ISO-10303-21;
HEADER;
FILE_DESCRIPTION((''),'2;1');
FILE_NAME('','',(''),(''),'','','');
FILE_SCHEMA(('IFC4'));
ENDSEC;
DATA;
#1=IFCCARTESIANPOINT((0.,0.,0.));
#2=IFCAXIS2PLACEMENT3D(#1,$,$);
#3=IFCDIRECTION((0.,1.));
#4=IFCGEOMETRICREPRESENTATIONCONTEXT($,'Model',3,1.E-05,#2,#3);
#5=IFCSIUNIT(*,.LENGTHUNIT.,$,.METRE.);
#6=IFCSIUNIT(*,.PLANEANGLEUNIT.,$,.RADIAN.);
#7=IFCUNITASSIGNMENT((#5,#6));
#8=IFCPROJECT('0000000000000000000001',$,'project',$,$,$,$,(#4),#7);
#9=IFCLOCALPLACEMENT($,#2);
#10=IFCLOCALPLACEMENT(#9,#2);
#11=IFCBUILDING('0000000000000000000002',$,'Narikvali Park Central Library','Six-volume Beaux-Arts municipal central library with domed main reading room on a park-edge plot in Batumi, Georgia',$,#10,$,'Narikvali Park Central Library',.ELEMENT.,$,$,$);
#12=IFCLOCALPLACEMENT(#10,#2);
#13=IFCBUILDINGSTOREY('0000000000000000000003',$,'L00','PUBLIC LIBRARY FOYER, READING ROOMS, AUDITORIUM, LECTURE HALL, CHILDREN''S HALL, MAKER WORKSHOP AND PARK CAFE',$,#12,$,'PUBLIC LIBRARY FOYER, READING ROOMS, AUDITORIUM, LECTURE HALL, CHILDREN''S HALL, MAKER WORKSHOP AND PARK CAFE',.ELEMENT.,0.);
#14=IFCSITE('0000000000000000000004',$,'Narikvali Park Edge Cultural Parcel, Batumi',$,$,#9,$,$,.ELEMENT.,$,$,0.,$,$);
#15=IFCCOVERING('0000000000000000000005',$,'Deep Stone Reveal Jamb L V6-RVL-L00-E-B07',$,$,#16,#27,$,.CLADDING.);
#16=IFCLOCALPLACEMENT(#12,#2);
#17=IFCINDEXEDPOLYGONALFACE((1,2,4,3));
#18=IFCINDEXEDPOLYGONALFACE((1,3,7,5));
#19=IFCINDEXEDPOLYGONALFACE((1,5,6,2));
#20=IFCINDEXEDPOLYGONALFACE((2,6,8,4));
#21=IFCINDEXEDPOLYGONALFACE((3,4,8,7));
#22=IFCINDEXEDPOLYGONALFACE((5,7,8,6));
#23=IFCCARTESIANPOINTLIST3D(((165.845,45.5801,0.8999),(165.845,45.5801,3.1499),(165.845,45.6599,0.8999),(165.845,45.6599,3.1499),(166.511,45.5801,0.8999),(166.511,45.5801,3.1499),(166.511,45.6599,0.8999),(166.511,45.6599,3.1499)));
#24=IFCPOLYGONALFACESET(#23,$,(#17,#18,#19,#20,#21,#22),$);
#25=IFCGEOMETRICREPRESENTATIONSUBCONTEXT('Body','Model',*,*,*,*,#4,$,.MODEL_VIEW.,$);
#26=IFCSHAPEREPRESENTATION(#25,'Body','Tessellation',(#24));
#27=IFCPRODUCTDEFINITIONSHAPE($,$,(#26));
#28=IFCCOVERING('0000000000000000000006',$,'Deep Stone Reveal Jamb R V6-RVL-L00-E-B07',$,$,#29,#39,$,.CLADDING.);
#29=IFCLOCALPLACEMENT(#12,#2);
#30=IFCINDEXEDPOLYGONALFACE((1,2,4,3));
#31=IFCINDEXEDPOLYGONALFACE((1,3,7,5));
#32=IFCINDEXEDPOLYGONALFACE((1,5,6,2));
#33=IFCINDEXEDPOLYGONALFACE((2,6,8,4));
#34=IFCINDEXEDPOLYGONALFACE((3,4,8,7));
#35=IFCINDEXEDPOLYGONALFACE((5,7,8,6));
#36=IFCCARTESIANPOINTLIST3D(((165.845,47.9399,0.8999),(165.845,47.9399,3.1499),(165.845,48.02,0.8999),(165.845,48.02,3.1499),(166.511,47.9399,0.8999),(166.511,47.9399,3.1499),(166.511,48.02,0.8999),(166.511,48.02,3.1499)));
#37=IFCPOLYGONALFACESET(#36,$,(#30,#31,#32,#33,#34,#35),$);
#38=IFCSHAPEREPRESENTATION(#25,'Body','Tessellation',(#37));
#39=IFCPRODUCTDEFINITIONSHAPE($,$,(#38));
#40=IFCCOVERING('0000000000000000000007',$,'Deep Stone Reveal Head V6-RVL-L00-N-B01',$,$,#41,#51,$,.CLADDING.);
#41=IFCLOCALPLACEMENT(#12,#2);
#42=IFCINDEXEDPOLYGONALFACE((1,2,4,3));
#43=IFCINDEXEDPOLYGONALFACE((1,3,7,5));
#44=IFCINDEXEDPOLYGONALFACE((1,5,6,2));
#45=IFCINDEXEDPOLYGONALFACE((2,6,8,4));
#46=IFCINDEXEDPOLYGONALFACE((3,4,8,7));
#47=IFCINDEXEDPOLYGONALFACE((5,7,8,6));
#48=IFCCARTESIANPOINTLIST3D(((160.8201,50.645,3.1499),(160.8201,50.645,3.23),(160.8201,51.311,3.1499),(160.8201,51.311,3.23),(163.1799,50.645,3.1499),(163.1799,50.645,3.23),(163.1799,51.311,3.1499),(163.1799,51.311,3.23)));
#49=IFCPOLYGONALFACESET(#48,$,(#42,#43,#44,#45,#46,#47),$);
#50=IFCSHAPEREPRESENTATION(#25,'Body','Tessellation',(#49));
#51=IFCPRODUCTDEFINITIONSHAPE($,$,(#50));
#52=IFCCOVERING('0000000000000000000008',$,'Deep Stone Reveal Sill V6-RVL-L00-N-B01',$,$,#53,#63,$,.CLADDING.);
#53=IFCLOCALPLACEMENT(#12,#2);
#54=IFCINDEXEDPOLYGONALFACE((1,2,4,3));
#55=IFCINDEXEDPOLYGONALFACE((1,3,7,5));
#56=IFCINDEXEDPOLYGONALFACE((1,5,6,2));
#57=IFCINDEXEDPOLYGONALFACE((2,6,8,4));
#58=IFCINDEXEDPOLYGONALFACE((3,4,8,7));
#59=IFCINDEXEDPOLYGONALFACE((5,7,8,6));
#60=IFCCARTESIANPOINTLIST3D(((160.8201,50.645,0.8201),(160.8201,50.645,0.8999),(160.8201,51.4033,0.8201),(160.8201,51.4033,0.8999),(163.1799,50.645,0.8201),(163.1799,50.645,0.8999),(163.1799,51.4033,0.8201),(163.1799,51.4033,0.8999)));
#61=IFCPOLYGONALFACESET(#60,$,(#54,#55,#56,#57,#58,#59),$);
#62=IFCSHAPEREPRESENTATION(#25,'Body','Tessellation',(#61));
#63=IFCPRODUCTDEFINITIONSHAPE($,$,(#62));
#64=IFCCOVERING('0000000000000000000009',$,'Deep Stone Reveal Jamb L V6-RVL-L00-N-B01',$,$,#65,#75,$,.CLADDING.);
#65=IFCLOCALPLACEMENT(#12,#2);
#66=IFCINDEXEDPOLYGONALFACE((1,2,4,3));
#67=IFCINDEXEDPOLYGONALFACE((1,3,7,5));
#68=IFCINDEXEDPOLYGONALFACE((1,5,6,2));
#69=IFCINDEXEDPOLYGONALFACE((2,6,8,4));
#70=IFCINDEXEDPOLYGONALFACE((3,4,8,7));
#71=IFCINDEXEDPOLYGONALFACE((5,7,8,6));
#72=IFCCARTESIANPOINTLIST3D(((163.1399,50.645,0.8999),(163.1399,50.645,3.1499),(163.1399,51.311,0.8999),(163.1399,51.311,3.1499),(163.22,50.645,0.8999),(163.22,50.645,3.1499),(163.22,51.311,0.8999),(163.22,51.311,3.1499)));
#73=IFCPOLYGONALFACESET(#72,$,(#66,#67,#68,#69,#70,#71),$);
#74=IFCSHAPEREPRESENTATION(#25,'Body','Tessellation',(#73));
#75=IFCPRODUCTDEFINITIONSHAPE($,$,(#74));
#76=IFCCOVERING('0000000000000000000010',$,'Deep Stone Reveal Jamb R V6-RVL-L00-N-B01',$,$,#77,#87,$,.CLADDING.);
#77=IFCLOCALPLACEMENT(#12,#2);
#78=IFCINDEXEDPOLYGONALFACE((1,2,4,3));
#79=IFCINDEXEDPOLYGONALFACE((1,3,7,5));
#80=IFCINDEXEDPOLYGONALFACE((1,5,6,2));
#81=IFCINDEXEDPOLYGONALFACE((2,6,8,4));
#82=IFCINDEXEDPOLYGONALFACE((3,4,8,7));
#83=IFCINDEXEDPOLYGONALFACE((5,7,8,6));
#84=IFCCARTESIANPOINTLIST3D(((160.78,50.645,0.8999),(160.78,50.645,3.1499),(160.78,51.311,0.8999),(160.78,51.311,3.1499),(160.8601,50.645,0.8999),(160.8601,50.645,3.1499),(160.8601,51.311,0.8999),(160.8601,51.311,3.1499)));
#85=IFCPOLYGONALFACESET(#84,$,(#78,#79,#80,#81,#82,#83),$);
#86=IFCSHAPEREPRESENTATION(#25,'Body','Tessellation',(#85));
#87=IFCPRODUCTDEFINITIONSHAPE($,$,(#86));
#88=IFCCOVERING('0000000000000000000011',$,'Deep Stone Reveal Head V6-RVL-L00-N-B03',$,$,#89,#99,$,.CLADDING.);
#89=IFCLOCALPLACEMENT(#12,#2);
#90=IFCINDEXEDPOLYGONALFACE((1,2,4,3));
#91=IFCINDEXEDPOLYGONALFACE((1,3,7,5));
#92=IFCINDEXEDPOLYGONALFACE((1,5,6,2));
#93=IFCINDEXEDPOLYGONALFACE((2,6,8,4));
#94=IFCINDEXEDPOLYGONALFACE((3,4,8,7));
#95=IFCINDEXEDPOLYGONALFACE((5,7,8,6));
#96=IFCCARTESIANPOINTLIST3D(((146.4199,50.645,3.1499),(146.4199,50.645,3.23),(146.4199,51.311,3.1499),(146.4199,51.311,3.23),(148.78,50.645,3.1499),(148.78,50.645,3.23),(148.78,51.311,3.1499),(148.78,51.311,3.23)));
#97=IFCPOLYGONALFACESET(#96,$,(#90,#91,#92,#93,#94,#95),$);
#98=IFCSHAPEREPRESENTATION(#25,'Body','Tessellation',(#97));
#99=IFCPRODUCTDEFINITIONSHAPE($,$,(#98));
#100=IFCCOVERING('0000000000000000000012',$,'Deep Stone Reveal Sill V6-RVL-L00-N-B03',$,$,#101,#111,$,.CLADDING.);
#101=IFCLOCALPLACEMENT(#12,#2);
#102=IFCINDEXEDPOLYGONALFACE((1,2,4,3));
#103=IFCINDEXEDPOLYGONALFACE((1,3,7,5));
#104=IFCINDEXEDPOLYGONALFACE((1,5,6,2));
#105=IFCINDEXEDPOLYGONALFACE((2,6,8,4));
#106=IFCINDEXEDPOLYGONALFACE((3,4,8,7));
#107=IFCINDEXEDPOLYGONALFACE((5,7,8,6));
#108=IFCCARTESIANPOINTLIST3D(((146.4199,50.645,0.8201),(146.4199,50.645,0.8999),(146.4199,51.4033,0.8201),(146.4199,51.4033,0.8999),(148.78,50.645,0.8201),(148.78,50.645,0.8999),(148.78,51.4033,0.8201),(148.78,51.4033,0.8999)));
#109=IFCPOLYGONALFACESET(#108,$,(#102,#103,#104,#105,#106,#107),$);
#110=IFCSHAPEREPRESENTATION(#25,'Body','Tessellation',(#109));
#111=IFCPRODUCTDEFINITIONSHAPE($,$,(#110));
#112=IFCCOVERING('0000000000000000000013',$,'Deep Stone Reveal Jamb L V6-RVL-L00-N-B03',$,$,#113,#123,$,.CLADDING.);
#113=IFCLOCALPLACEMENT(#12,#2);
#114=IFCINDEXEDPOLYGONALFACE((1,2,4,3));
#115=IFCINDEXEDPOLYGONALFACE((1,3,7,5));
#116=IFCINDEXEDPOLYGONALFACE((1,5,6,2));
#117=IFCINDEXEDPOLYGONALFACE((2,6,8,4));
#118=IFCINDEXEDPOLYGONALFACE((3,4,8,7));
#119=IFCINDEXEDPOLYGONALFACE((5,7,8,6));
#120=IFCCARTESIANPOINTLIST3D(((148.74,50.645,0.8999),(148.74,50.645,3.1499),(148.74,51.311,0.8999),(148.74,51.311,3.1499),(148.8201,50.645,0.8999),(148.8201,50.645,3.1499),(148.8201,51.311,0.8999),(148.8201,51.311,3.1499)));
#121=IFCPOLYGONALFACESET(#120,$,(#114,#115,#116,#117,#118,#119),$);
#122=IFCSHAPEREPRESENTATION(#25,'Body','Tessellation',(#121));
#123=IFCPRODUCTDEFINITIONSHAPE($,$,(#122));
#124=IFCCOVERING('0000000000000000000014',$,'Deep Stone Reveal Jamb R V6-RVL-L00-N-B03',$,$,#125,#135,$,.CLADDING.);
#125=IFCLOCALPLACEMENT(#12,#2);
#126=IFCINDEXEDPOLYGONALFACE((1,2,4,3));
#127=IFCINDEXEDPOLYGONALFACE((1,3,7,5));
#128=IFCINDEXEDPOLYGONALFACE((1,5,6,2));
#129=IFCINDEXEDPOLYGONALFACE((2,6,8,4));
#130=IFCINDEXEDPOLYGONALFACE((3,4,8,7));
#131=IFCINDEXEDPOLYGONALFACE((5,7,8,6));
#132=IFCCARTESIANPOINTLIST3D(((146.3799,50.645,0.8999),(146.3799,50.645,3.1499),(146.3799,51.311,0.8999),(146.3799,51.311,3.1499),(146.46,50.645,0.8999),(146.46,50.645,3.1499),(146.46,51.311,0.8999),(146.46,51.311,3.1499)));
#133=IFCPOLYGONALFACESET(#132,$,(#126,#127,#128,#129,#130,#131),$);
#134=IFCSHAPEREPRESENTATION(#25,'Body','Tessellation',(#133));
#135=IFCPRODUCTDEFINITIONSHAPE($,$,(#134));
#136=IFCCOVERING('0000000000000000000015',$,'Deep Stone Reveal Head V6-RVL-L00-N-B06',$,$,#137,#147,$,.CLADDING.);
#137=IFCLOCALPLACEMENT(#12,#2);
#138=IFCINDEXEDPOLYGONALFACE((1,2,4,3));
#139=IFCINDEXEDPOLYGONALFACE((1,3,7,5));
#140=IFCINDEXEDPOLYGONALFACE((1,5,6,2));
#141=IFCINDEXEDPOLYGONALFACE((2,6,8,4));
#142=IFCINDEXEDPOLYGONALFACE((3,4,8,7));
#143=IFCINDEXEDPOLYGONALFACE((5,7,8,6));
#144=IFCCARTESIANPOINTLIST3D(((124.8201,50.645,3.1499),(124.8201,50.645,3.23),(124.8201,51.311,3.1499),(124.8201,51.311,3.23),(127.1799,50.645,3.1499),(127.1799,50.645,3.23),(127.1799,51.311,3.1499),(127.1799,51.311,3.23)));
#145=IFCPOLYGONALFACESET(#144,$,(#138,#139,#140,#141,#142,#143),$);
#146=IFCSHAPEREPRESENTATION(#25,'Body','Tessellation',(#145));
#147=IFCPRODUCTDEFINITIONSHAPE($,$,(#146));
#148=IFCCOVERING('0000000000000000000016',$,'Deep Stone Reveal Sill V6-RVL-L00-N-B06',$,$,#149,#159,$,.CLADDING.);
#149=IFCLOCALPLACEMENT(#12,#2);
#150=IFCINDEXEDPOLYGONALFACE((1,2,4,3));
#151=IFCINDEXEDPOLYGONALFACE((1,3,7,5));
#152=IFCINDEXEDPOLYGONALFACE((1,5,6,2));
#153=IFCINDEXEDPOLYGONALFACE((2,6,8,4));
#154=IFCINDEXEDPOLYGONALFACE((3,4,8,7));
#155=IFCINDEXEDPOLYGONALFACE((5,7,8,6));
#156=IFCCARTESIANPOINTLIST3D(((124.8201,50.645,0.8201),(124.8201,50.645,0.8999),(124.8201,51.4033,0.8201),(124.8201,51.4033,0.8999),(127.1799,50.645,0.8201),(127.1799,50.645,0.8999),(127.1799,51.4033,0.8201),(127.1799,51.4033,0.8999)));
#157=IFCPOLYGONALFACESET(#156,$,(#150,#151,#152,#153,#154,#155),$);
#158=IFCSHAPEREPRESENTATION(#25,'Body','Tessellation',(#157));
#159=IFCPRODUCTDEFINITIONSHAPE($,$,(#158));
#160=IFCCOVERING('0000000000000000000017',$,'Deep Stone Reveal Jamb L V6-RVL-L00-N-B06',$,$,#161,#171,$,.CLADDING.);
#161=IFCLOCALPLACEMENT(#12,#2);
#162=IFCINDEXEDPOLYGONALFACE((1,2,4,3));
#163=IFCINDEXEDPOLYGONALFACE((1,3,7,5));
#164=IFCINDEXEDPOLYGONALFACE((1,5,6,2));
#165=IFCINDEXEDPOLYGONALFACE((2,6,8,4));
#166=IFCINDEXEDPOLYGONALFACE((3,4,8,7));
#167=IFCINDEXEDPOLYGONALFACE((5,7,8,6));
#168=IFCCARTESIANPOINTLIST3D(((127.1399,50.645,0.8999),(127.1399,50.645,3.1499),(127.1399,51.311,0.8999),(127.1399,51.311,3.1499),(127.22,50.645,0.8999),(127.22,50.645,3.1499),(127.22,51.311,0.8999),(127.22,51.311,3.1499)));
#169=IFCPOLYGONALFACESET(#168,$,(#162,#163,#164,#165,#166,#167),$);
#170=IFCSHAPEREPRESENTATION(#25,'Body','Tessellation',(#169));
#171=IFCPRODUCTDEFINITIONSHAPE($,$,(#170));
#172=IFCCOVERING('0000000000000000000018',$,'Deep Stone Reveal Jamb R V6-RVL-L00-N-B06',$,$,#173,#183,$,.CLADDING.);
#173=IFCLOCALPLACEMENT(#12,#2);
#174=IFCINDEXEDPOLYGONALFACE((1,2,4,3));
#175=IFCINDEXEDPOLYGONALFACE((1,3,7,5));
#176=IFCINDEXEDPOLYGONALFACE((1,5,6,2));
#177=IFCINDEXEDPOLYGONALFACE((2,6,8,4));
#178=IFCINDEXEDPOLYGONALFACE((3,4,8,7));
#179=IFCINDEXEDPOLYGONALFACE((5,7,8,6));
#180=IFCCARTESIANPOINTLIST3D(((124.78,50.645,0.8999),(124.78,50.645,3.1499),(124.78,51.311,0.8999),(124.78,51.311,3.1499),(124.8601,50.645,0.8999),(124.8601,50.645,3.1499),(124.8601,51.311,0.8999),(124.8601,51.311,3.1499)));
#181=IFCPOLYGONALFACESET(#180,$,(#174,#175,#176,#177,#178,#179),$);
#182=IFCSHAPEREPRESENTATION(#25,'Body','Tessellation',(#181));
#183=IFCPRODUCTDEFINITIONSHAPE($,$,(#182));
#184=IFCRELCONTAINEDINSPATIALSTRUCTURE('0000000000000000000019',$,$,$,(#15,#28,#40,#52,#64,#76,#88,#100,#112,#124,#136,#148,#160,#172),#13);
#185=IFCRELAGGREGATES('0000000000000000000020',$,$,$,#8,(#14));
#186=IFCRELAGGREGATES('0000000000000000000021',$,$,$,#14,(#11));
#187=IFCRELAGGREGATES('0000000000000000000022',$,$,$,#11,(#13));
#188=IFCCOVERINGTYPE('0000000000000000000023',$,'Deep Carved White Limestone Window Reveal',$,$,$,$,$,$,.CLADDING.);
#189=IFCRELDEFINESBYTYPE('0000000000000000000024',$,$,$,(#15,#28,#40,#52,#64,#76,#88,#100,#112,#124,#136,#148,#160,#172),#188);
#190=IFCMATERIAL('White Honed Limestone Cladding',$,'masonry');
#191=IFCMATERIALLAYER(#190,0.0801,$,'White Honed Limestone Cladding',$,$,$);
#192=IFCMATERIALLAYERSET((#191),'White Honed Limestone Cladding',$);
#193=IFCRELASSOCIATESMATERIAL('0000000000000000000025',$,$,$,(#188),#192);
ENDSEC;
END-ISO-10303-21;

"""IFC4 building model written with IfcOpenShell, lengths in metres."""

from ifc_helpers import new_model, si_unit, direction, frame, origin, place, context, subcontext, project, spatial, polyline, outline, extrude, material, layer, layer_set, type_object, element, save


model = new_model("IFC4")

# Units and contexts
model_context = context("Model", 3, precision=1e-05, world=origin(), true_north=direction((0.0, 1.0)))
body_context = subcontext(model_context, "Body", "Model", "MODEL_VIEW")
ifc_project = project(units=[si_unit("LENGTHUNIT", "METRE"), si_unit("PLANEANGLEUNIT", "RADIAN")], contexts=[model_context])

# Site, building, storey
site_placement = place(None, origin())
site = spatial("IfcSite", under=ifc_project, at=site_placement, Name="Narikvali Park Edge Cultural Parcel, Batumi", CompositionType="ELEMENT", RefElevation=0.0)
building_placement = place(site_placement, origin())
building = spatial("IfcBuilding", under=site, at=building_placement, Name="Narikvali Park Central Library", Description="Six-volume Beaux-Arts municipal central library with domed main reading room on a park-edge plot in Batumi, Georgia", LongName="Narikvali Park Central Library", CompositionType="ELEMENT")
storey_placement = place(building_placement, origin())
storey = spatial("IfcBuildingStorey", under=building, at=storey_placement, Name="L00", Description="PUBLIC LIBRARY FOYER, READING ROOMS, AUDITORIUM, LECTURE HALL, CHILDREN'S HALL, MAKER WORKSHOP AND PARK CAFE", LongName="PUBLIC LIBRARY FOYER, READING ROOMS, AUDITORIUM, LECTURE HALL, CHILDREN'S HALL, MAKER WORKSHOP AND PARK CAFE", CompositionType="ELEMENT", Elevation=0.0)

# Coverings
ifc_material = material(Name="White Honed Limestone Cladding", Category="masonry")
ifc_layer = layer(ifc_material, 0.0801, Name="White Honed Limestone Cladding")
ifc_layer_set = layer_set([ifc_layer], Name="White Honed Limestone Cladding")
covering_type = type_object("IfcCoveringType", Name="Deep Carved White Limestone Window Reveal", PredefinedType="CLADDING", material=ifc_layer_set)
covering_1_placement = place(storey_placement, frame((0.0, 0.0, 0.8999)))
element("IfcCovering", 1, at=covering_1_placement, inside=storey, type_object=covering_type, Name="Deep Stone Reveal Jamb L V6-RVL-L00-E-B07", PredefinedType="CLADDING", context=body_context, shape_type="SweptSolid", body=[
    extrude(outline(polyline([(165.845, 45.5801), (165.845, 45.6599), (166.511, 45.6599), (166.511, 45.5801), (165.845, 45.5801)])), origin(), (0.0, 0.0, 1.0), 2.25),
])
covering_2_placement = place(storey_placement, frame((0.0, 0.0, 0.8999)))
element("IfcCovering", 2, at=covering_2_placement, inside=storey, type_object=covering_type, Name="Deep Stone Reveal Jamb R V6-RVL-L00-E-B07", PredefinedType="CLADDING", context=body_context, shape_type="SweptSolid", body=[
    extrude(outline(polyline([(165.845, 47.9399), (165.845, 48.02), (166.511, 48.02), (166.511, 47.9399), (165.845, 47.9399)])), origin(), (0.0, 0.0, 1.0), 2.25),
])
covering_3_placement = place(storey_placement, frame((0.0, 0.0, 3.1499)))
element("IfcCovering", 3, at=covering_3_placement, inside=storey, type_object=covering_type, Name="Deep Stone Reveal Head V6-RVL-L00-N-B01", PredefinedType="CLADDING", context=body_context, shape_type="SweptSolid", body=[
    extrude(outline(polyline([(163.1799, 50.645), (160.8201, 50.645), (160.8201, 51.311), (163.1799, 51.311), (163.1799, 50.645)])), origin(), (0.0, 0.0, 1.0), 0.0801),
])
covering_4_placement = place(storey_placement, frame((0.0, 0.0, 0.8201)))
element("IfcCovering", 4, at=covering_4_placement, inside=storey, type_object=covering_type, Name="Deep Stone Reveal Sill V6-RVL-L00-N-B01", PredefinedType="CLADDING", context=body_context, shape_type="SweptSolid", body=[
    extrude(outline(polyline([(163.1799, 50.645), (160.8201, 50.645), (160.8201, 51.4033), (163.1799, 51.4033), (163.1799, 50.645)])), origin(), (0.0, 0.0, 1.0), 0.0798),
])
covering_5_placement = place(storey_placement, frame((0.0, 0.0, 0.8999)))
element("IfcCovering", 5, at=covering_5_placement, inside=storey, type_object=covering_type, Name="Deep Stone Reveal Jamb L V6-RVL-L00-N-B01", PredefinedType="CLADDING", context=body_context, shape_type="SweptSolid", body=[
    extrude(outline(polyline([(163.22, 50.645), (163.1399, 50.645), (163.1399, 51.311), (163.22, 51.311), (163.22, 50.645)])), origin(), (0.0, 0.0, 1.0), 2.25),
])
covering_6_placement = place(storey_placement, frame((0.0, 0.0, 0.8999)))
element("IfcCovering", 6, at=covering_6_placement, inside=storey, type_object=covering_type, Name="Deep Stone Reveal Jamb R V6-RVL-L00-N-B01", PredefinedType="CLADDING", context=body_context, shape_type="SweptSolid", body=[
    extrude(outline(polyline([(160.8601, 50.645), (160.78, 50.645), (160.78, 51.311), (160.8601, 51.311), (160.8601, 50.645)])), origin(), (0.0, 0.0, 1.0), 2.25),
])
covering_7_placement = place(storey_placement, frame((0.0, 0.0, 3.1499)))
element("IfcCovering", 7, at=covering_7_placement, inside=storey, type_object=covering_type, Name="Deep Stone Reveal Head V6-RVL-L00-N-B03", PredefinedType="CLADDING", context=body_context, shape_type="SweptSolid", body=[
    extrude(outline(polyline([(148.78, 50.645), (146.4199, 50.645), (146.4199, 51.311), (148.78, 51.311), (148.78, 50.645)])), origin(), (0.0, 0.0, 1.0), 0.0801),
])
covering_8_placement = place(storey_placement, frame((0.0, 0.0, 0.8201)))
element("IfcCovering", 8, at=covering_8_placement, inside=storey, type_object=covering_type, Name="Deep Stone Reveal Sill V6-RVL-L00-N-B03", PredefinedType="CLADDING", context=body_context, shape_type="SweptSolid", body=[
    extrude(outline(polyline([(148.78, 50.645), (146.4199, 50.645), (146.4199, 51.4033), (148.78, 51.4033), (148.78, 50.645)])), origin(), (0.0, 0.0, 1.0), 0.0798),
])
covering_9_placement = place(storey_placement, frame((0.0, 0.0, 0.8999)))
element("IfcCovering", 9, at=covering_9_placement, inside=storey, type_object=covering_type, Name="Deep Stone Reveal Jamb L V6-RVL-L00-N-B03", PredefinedType="CLADDING", context=body_context, shape_type="SweptSolid", body=[
    extrude(outline(polyline([(148.8201, 50.645), (148.74, 50.645), (148.74, 51.311), (148.8201, 51.311), (148.8201, 50.645)])), origin(), (0.0, 0.0, 1.0), 2.25),
])
covering_10_placement = place(storey_placement, frame((0.0, 0.0, 0.8999)))
element("IfcCovering", 10, at=covering_10_placement, inside=storey, type_object=covering_type, Name="Deep Stone Reveal Jamb R V6-RVL-L00-N-B03", PredefinedType="CLADDING", context=body_context, shape_type="SweptSolid", body=[
    extrude(outline(polyline([(146.46, 50.645), (146.3799, 50.645), (146.3799, 51.311), (146.46, 51.311), (146.46, 50.645)])), origin(), (0.0, 0.0, 1.0), 2.25),
])
covering_11_placement = place(storey_placement, frame((0.0, 0.0, 3.1499)))
element("IfcCovering", 11, at=covering_11_placement, inside=storey, type_object=covering_type, Name="Deep Stone Reveal Head V6-RVL-L00-N-B06", PredefinedType="CLADDING", context=body_context, shape_type="SweptSolid", body=[
    extrude(outline(polyline([(127.1799, 50.645), (124.8201, 50.645), (124.8201, 51.311), (127.1799, 51.311), (127.1799, 50.645)])), origin(), (0.0, 0.0, 1.0), 0.0801),
])
covering_12_placement = place(storey_placement, frame((0.0, 0.0, 0.8201)))
element("IfcCovering", 12, at=covering_12_placement, inside=storey, type_object=covering_type, Name="Deep Stone Reveal Sill V6-RVL-L00-N-B06", PredefinedType="CLADDING", context=body_context, shape_type="SweptSolid", body=[
    extrude(outline(polyline([(127.1799, 50.645), (124.8201, 50.645), (124.8201, 51.4033), (127.1799, 51.4033), (127.1799, 50.645)])), origin(), (0.0, 0.0, 1.0), 0.0798),
])
covering_13_placement = place(storey_placement, frame((0.0, 0.0, 0.8999)))
element("IfcCovering", 13, at=covering_13_placement, inside=storey, type_object=covering_type, Name="Deep Stone Reveal Jamb L V6-RVL-L00-N-B06", PredefinedType="CLADDING", context=body_context, shape_type="SweptSolid", body=[
    extrude(outline(polyline([(127.22, 50.645), (127.1399, 50.645), (127.1399, 51.311), (127.22, 51.311), (127.22, 50.645)])), origin(), (0.0, 0.0, 1.0), 2.25),
])
covering_14_placement = place(storey_placement, frame((0.0, 0.0, 0.8999)))
element("IfcCovering", 14, at=covering_14_placement, inside=storey, type_object=covering_type, Name="Deep Stone Reveal Jamb R V6-RVL-L00-N-B06", PredefinedType="CLADDING", context=body_context, shape_type="SweptSolid", body=[
    extrude(outline(polyline([(124.8601, 50.645), (124.78, 50.645), (124.78, 51.311), (124.8601, 51.311), (124.8601, 50.645)])), origin(), (0.0, 0.0, 1.0), 2.25),
])

save(model, "model.ifc")
